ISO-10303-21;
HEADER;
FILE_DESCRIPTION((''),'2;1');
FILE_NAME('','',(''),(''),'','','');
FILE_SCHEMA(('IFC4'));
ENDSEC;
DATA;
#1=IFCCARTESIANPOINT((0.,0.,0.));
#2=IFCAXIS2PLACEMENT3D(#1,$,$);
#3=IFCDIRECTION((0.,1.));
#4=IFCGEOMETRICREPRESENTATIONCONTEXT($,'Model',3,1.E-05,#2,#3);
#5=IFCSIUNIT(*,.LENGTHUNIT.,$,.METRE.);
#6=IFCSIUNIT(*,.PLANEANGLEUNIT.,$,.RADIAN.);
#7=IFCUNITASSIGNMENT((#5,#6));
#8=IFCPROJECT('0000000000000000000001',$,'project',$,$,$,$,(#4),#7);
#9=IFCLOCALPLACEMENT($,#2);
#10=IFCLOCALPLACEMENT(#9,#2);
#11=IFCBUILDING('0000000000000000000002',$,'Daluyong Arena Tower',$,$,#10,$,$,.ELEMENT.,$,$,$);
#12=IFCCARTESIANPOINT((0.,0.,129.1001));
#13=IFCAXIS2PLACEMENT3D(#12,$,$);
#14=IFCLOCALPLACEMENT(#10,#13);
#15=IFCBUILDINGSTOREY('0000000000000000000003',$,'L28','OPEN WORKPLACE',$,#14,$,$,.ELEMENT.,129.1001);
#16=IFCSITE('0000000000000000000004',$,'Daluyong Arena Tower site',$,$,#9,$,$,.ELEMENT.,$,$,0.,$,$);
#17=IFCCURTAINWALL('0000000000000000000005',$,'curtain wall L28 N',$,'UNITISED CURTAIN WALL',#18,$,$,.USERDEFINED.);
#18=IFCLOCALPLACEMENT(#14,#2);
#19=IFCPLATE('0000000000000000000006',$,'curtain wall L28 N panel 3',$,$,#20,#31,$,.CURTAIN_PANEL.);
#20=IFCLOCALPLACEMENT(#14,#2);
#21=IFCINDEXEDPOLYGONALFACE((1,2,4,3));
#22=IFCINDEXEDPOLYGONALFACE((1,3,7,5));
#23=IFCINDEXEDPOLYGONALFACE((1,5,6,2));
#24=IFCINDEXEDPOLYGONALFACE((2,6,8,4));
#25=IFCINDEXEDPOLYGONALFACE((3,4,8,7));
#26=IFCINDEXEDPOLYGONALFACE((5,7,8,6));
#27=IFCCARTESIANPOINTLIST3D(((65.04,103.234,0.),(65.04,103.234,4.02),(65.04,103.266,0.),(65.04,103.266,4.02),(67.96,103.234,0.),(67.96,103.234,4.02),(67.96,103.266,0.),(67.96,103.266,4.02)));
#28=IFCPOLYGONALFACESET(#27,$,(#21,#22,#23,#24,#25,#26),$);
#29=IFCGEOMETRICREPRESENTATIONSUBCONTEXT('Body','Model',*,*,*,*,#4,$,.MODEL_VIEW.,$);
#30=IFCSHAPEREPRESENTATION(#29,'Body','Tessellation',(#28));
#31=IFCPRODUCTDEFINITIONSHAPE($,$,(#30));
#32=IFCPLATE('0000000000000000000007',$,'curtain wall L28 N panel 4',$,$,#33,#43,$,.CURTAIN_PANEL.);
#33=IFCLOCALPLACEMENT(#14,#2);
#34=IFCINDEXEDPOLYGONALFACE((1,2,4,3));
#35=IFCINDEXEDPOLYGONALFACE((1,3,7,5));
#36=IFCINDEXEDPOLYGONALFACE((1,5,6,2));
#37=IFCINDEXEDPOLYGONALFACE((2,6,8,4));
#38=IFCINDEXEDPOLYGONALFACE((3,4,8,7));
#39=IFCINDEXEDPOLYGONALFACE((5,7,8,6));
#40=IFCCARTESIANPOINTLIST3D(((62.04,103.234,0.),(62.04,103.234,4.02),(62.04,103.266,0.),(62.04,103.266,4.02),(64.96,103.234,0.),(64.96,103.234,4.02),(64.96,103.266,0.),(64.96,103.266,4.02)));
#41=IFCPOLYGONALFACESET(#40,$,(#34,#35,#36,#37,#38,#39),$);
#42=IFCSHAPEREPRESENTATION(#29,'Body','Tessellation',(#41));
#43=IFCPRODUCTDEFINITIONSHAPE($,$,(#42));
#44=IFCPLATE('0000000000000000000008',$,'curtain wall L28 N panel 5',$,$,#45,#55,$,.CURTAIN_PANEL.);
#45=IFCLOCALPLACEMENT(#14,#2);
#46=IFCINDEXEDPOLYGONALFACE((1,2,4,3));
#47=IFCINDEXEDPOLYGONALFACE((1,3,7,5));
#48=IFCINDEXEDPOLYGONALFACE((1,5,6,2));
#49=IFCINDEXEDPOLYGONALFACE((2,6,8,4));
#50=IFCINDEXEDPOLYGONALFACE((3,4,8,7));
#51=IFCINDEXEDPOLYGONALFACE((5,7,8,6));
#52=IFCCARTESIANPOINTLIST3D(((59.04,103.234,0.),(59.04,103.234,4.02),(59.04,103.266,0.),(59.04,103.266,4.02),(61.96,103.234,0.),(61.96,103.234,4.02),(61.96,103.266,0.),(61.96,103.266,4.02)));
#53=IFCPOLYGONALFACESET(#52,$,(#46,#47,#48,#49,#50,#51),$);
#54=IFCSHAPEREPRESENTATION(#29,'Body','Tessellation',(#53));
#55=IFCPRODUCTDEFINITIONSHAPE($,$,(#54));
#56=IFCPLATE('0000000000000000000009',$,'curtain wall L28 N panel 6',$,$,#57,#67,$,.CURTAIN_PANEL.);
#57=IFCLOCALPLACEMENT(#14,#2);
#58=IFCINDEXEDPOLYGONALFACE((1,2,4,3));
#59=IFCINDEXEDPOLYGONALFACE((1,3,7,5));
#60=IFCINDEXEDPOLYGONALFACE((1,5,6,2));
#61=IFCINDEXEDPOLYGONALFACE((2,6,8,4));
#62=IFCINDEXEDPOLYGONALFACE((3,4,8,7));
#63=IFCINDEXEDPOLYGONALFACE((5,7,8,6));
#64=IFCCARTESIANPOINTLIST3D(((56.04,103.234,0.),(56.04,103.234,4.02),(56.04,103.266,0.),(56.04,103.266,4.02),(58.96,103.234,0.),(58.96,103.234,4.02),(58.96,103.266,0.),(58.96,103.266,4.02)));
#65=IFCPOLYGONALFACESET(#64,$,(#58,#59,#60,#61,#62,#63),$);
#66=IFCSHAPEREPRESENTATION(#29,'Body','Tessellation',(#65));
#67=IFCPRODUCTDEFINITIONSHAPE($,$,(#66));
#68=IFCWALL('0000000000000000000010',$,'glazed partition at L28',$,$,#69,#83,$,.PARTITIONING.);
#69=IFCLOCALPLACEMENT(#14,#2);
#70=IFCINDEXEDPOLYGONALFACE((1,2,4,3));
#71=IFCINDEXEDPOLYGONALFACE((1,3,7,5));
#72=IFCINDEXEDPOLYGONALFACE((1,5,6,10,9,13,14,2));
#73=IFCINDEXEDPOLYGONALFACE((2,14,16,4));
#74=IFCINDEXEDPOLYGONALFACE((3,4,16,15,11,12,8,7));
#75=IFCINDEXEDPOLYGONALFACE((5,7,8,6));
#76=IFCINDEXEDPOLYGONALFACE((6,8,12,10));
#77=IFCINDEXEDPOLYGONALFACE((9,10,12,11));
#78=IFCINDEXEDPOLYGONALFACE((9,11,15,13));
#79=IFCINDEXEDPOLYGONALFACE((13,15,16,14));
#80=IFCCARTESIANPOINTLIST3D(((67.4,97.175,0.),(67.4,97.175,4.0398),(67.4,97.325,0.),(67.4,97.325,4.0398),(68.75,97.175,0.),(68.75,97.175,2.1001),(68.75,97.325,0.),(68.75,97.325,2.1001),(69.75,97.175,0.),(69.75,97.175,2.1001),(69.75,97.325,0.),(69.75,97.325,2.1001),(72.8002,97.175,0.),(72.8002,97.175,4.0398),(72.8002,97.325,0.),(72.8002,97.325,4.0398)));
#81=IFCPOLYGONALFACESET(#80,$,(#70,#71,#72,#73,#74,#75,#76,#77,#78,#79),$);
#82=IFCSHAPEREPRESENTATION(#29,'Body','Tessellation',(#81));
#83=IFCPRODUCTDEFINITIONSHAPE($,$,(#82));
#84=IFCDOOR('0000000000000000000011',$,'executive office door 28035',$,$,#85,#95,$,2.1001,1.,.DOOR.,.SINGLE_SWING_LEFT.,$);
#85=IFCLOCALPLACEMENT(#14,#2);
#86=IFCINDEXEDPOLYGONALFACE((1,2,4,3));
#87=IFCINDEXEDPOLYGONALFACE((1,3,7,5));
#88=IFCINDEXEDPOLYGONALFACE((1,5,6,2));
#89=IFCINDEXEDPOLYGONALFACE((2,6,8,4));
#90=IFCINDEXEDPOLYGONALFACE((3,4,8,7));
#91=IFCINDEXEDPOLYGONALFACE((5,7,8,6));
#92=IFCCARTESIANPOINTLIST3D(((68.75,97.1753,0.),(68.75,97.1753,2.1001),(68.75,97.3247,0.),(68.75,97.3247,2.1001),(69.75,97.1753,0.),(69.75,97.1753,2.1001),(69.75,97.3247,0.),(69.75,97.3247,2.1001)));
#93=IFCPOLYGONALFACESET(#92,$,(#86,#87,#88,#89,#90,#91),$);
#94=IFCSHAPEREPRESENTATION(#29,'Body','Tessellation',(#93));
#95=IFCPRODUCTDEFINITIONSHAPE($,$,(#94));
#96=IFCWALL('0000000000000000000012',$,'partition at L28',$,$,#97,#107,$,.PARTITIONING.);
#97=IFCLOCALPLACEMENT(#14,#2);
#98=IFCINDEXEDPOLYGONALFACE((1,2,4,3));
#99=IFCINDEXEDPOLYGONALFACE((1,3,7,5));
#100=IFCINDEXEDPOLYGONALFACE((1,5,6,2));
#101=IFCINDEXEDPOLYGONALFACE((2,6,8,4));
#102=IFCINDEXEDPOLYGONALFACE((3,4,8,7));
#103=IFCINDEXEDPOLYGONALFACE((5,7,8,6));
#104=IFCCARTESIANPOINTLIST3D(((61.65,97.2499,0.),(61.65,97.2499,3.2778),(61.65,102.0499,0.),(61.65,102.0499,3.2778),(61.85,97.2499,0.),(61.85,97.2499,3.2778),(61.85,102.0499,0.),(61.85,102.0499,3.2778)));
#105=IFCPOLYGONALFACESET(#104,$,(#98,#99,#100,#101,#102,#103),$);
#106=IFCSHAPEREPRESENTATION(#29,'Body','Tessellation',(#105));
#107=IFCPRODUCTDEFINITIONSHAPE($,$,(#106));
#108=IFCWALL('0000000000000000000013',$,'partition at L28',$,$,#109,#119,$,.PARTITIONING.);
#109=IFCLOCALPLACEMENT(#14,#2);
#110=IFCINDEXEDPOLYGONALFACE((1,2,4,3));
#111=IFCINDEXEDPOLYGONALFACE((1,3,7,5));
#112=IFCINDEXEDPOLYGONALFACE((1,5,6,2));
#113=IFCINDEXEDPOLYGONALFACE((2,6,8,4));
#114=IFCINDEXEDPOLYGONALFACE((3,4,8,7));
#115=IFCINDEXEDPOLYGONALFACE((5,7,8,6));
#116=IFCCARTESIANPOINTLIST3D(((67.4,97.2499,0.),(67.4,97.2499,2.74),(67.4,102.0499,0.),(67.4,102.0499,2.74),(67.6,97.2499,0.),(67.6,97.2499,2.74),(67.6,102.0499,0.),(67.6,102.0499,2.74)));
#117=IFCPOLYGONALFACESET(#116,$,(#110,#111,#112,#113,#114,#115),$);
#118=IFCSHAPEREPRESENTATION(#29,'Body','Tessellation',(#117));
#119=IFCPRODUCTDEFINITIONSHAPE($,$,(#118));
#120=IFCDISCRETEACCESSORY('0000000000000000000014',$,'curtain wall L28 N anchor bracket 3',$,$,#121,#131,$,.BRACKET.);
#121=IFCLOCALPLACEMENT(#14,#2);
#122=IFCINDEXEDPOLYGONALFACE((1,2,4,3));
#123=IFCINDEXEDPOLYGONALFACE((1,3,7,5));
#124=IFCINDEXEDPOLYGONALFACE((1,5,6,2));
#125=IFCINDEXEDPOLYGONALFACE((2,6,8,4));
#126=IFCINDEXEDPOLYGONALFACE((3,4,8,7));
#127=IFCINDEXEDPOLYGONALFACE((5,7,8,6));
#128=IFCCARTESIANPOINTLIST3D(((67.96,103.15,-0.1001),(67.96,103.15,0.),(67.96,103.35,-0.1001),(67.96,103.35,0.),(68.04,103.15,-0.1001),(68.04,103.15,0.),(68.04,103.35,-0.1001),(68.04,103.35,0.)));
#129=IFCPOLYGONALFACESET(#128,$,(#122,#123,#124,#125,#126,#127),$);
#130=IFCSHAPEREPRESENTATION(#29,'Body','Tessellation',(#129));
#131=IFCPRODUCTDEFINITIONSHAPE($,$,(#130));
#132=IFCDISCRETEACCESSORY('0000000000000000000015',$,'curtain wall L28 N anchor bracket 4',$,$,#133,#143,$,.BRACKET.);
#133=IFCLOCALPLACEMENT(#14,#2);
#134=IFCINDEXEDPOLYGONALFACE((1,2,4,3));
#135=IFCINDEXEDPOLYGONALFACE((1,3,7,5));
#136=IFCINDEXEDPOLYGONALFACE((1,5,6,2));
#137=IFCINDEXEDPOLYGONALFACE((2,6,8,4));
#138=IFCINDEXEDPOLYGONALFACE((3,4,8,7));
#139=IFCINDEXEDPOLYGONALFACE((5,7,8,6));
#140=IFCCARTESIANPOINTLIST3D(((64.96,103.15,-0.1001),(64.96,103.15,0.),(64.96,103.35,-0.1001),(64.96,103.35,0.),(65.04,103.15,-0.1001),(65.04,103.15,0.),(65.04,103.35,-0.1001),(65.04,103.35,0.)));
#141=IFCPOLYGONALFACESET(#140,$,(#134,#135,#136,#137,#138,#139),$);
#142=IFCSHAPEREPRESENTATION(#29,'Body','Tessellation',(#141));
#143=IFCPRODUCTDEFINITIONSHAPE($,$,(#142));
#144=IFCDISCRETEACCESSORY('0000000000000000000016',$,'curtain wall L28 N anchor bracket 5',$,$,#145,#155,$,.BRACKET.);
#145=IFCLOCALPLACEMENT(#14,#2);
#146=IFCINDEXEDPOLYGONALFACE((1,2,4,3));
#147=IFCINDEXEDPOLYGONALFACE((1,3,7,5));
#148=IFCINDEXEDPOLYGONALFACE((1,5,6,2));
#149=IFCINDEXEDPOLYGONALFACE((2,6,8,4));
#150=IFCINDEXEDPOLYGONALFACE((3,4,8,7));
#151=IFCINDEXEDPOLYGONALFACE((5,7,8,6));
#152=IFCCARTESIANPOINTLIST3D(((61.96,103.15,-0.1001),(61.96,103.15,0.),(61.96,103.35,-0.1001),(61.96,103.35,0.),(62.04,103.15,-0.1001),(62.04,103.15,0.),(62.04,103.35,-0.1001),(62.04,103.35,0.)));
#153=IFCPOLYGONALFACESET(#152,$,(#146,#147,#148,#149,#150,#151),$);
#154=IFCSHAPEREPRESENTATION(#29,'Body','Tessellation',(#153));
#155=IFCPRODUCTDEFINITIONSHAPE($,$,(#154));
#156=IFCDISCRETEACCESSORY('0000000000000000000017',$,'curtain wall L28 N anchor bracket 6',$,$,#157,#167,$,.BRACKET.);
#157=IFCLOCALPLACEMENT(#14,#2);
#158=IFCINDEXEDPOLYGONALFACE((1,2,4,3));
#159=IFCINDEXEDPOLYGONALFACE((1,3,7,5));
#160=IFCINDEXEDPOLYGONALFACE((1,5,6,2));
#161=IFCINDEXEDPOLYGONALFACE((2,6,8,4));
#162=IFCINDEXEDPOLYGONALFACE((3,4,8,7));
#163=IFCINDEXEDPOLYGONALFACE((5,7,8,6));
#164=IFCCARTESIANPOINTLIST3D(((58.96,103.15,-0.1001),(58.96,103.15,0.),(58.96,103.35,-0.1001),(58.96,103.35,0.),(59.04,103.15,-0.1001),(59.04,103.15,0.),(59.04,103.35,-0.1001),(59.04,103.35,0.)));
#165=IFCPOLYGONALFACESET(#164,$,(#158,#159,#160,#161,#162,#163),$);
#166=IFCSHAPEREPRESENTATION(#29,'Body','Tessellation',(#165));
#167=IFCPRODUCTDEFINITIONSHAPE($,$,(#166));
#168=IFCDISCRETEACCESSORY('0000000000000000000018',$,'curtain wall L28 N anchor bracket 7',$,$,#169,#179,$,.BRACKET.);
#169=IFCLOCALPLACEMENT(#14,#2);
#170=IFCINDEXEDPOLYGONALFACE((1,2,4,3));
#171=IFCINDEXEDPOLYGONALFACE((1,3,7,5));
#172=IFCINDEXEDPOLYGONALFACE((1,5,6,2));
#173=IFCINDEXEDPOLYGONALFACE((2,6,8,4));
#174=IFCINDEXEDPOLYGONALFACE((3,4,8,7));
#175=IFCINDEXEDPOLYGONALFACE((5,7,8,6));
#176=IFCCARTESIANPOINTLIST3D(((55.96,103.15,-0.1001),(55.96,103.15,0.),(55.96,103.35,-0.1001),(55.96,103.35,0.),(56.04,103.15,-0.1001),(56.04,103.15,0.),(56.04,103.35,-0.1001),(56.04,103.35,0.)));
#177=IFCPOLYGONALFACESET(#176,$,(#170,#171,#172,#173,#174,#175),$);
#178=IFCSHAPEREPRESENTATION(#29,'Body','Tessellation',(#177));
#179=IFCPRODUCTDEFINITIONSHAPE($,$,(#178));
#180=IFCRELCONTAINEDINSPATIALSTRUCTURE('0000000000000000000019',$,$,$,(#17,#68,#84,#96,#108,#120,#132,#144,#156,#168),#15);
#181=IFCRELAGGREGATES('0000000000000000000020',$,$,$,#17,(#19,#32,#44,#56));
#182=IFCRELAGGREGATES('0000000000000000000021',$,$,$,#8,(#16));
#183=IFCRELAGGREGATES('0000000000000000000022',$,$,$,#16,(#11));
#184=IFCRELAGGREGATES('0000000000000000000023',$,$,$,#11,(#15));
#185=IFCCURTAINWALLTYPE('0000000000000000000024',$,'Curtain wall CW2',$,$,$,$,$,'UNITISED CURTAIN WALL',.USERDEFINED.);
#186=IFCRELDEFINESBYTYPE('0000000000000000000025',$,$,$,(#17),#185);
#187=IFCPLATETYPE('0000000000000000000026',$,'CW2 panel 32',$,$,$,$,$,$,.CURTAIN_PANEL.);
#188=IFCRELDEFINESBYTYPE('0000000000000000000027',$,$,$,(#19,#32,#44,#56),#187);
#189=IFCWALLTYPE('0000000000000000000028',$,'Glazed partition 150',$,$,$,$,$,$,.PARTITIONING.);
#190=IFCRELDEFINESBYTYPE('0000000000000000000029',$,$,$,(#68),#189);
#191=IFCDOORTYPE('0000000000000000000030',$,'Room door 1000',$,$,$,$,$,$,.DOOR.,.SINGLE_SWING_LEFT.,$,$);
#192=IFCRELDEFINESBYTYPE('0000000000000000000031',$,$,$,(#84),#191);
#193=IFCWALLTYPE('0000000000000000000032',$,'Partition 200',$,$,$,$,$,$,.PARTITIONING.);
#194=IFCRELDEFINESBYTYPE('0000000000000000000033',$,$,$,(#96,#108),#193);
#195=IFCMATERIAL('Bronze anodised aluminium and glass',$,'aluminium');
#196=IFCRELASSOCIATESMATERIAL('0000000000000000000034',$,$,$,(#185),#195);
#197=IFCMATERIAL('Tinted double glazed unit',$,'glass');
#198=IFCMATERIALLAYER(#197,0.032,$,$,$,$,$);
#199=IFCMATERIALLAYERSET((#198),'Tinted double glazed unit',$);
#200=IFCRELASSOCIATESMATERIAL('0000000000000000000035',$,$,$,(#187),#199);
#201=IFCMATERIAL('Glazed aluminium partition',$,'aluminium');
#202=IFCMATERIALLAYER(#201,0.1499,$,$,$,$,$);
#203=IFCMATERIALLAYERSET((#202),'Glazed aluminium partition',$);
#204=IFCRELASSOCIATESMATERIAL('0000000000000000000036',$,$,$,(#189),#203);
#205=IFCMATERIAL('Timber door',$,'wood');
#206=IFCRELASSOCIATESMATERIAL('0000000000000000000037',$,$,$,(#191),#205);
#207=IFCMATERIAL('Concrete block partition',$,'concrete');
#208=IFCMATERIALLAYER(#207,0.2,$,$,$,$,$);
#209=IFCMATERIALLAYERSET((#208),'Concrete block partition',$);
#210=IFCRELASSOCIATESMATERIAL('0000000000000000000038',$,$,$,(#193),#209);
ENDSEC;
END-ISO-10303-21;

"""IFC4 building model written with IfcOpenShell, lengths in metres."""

from ifc_helpers import new_model, si_unit, direction, frame, frame_2d, origin, origin_2d, place, context, subcontext, project, spatial, rectangle, extrude, material, layer, layer_set, type_object, element, fill, aggregate, save


model = new_model("IFC4")

# Units and contexts
model_context = context("Model", 3, precision=1e-05, world=origin(), true_north=direction((0.0, 1.0)))
body_context = subcontext(model_context, "Body", "Model", "MODEL_VIEW")
ifc_project = project(units=[si_unit("LENGTHUNIT", "METRE"), si_unit("PLANEANGLEUNIT", "RADIAN")], contexts=[model_context])

# Site, building, storey
site_placement = place(None, origin())
site = spatial("IfcSite", under=ifc_project, at=site_placement, Name="Daluyong Arena Tower site", CompositionType="ELEMENT", RefElevation=0.0)
building_placement = place(site_placement, origin())
building = spatial("IfcBuilding", under=site, at=building_placement, Name="Daluyong Arena Tower", CompositionType="ELEMENT")
storey_placement = place(building_placement, frame((0.0, 0.0, 129.1001)))
storey = spatial("IfcBuildingStorey", under=building, at=storey_placement, Name="L28", Description="OPEN WORKPLACE", CompositionType="ELEMENT", Elevation=129.1001)

# Curtain wall
ifc_material_1 = material(Name="Bronze anodised aluminium and glass", Category="aluminium")
curtain_wall_type = type_object("IfcCurtainWallType", Name="Curtain wall CW2", ElementType="UNITISED CURTAIN WALL", PredefinedType="USERDEFINED", material=ifc_material_1)
curtain_wall_placement = place(storey_placement, origin())
curtain_wall = element("IfcCurtainWall", 1, at=curtain_wall_placement, inside=storey, type_object=curtain_wall_type, Name="curtain wall L28 N", ObjectType="UNITISED CURTAIN WALL", PredefinedType="USERDEFINED")

# Plates
ifc_material_2 = material(Name="Tinted double glazed unit", Category="glass")
ifc_layer_1 = layer(ifc_material_2, 0.032)
ifc_layer_set_1 = layer_set([ifc_layer_1], Name="Tinted double glazed unit")
plate_type = type_object("IfcPlateType", Name="CW2 panel 32", PredefinedType="CURTAIN_PANEL", material=ifc_layer_set_1)
plate_1_placement = place(storey_placement, frame((66.5, 103.25, 0.0), z_axis=(0.0, 0.0, 1.0), x_axis=(-1.0, 0.0, 0.0)))
plate_1 = element("IfcPlate", 2, at=plate_1_placement, type_object=plate_type, Name="curtain wall L28 N panel 3", PredefinedType="CURTAIN_PANEL", context=body_context, shape_type="SweptSolid", body=[
    extrude(rectangle(XDim=2.9199, YDim=0.032, at=origin_2d()), origin(), (0.0, 0.0, 1.0), 4.02),
])
plate_2_placement = place(storey_placement, frame((63.5, 103.25, 0.0), z_axis=(0.0, 0.0, 1.0), x_axis=(-1.0, 0.0, 0.0)))
plate_2 = element("IfcPlate", 3, at=plate_2_placement, type_object=plate_type, Name="curtain wall L28 N panel 4", PredefinedType="CURTAIN_PANEL", context=body_context, shape_type="SweptSolid", body=[
    extrude(rectangle(XDim=2.9199, YDim=0.032, at=origin_2d()), origin(), (0.0, 0.0, 1.0), 4.02),
])
plate_3_placement = place(storey_placement, frame((60.5, 103.25, 0.0), z_axis=(0.0, 0.0, 1.0), x_axis=(-1.0, 0.0, 0.0)))
plate_3 = element("IfcPlate", 4, at=plate_3_placement, type_object=plate_type, Name="curtain wall L28 N panel 5", PredefinedType="CURTAIN_PANEL", context=body_context, shape_type="SweptSolid", body=[
    extrude(rectangle(XDim=2.9199, YDim=0.032, at=origin_2d()), origin(), (0.0, 0.0, 1.0), 4.02),
])
plate_4_placement = place(storey_placement, frame((57.5, 103.25, 0.0), z_axis=(0.0, 0.0, 1.0), x_axis=(-1.0, 0.0, 0.0)))
plate_4 = element("IfcPlate", 5, at=plate_4_placement, type_object=plate_type, Name="curtain wall L28 N panel 6", PredefinedType="CURTAIN_PANEL", context=body_context, shape_type="SweptSolid", body=[
    extrude(rectangle(XDim=2.9199, YDim=0.032, at=origin_2d()), origin(), (0.0, 0.0, 1.0), 4.02),
])
aggregate(curtain_wall, [plate_1, plate_2, plate_3, plate_4])

# Wall, opening, door
ifc_material_3 = material(Name="Glazed aluminium partition", Category="aluminium")
ifc_layer_2 = layer(ifc_material_3, 0.1499)
ifc_layer_set_2 = layer_set([ifc_layer_2], Name="Glazed aluminium partition")
wall_type_1 = type_object("IfcWallType", Name="Glazed partition 150", PredefinedType="PARTITIONING", material=ifc_layer_set_2)
wall_1_placement = place(storey_placement, frame((67.3999, 97.25, 0.0), z_axis=(0.0, 0.0, 1.0), x_axis=(1.0, 0.0, 0.0)))
wall_1 = element("IfcWall", 6, at=wall_1_placement, inside=storey, type_object=wall_type_1, Name="glazed partition at L28", PredefinedType="PARTITIONING", context=body_context, shape_type="SweptSolid", body=[
    extrude(rectangle(XDim=5.4001, YDim=0.1499, at=frame_2d((2.7002, 0.0))), origin(), (0.0, 0.0, 1.0), 4.0398),
])
opening_placement = place(wall_1_placement, frame((1.3501, 0.0, 0.0)))
opening = element("IfcOpeningElement", 7, at=opening_placement, cuts=wall_1, PredefinedType="OPENING", context=body_context, shape_type="SweptSolid", body=[
    extrude(rectangle(XDim=1.0, YDim=2.1001, at=frame_2d((0.5, 1.05))), frame((0.0, 0.085, 0.0), z_axis=(0.0, -1.0, 0.0), x_axis=(1.0, 0.0, 0.0)), (0.0, 0.0, 1.0), 0.1699),
])
ifc_material_4 = material(Name="Timber door", Category="wood")
door_type = type_object("IfcDoorType", Name="Room door 1000", OperationType="SINGLE_SWING_LEFT", PredefinedType="DOOR", material=ifc_material_4)
door_placement = place(opening_placement, origin())
door = element("IfcDoor", 8, at=door_placement, inside=storey, type_object=door_type, Name="executive office door 28035", OperationType="SINGLE_SWING_LEFT", OverallHeight=2.1001, OverallWidth=1.0, PredefinedType="DOOR", context=body_context, shape_type="SweptSolid", body=[
    extrude(rectangle(XDim=1.0, YDim=2.1001, at=frame_2d((0.5, 1.05))), frame((0.0, 0.0747, 0.0), z_axis=(0.0, -1.0, 0.0), x_axis=(1.0, 0.0, 0.0)), (0.0, 0.0, 1.0), 0.1494),
])
fill(opening, door)

# Walls
ifc_material_5 = material(Name="Concrete block partition", Category="concrete")
ifc_layer_3 = layer(ifc_material_5, 0.2)
ifc_layer_set_3 = layer_set([ifc_layer_3], Name="Concrete block partition")
wall_type_2 = type_object("IfcWallType", Name="Partition 200", PredefinedType="PARTITIONING", material=ifc_layer_set_3)
wall_2_placement = place(storey_placement, frame((61.75, 97.25, 0.0), z_axis=(0.0, 0.0, 1.0), x_axis=(0.0, 1.0, 0.0)))
element("IfcWall", 9, at=wall_2_placement, inside=storey, type_object=wall_type_2, Name="partition at L28", PredefinedType="PARTITIONING", context=body_context, shape_type="SweptSolid", body=[
    extrude(rectangle(XDim=4.8, YDim=0.2, at=frame_2d((2.3999, 0.0))), origin(), (0.0, 0.0, 1.0), 3.2778),
])
wall_3_placement = place(storey_placement, frame((67.5, 97.25, 0.0), z_axis=(0.0, 0.0, 1.0), x_axis=(0.0, 1.0, 0.0)))
element("IfcWall", 10, at=wall_3_placement, inside=storey, type_object=wall_type_2, Name="partition at L28", PredefinedType="PARTITIONING", context=body_context, shape_type="SweptSolid", body=[
    extrude(rectangle(XDim=4.8, YDim=0.2, at=frame_2d((2.3999, 0.0))), origin(), (0.0, 0.0, 1.0), 2.74),
])

# Discrete accessories
for number, where, z_axis, x_axis, name in (
    (11, (68.0, 103.25, -0.1001), (0.0, 0.0, 1.0), (-1.0, 0.0, 0.0), "curtain wall L28 N anchor bracket 3"),
    (12, (65.0, 103.25, -0.1001), (0.0, 0.0, 1.0), (-1.0, 0.0, 0.0), "curtain wall L28 N anchor bracket 4"),
    (13, (62.0, 103.25, -0.1001), (0.0, 0.0, 1.0), (-1.0, 0.0, 0.0), "curtain wall L28 N anchor bracket 5"),
    (14, (59.0, 103.25, -0.1001), (0.0, 0.0, 1.0), (-1.0, 0.0, 0.0), "curtain wall L28 N anchor bracket 6"),
    (15, (56.0, 103.25, -0.1001), (0.0, 0.0, 1.0), (-1.0, 0.0, 0.0), "curtain wall L28 N anchor bracket 7"),
):
    element("IfcDiscreteAccessory", number, at=place(storey_placement, frame(where, z_axis=z_axis, x_axis=x_axis)), inside=storey, Name=name, PredefinedType="BRACKET", context=body_context, shape_type="SweptSolid", body=[
        extrude(rectangle(XDim=0.0801, YDim=0.2, at=origin_2d()), origin(), (0.0, 0.0, 1.0), 0.1001),
    ])

save(model, "model.ifc")
